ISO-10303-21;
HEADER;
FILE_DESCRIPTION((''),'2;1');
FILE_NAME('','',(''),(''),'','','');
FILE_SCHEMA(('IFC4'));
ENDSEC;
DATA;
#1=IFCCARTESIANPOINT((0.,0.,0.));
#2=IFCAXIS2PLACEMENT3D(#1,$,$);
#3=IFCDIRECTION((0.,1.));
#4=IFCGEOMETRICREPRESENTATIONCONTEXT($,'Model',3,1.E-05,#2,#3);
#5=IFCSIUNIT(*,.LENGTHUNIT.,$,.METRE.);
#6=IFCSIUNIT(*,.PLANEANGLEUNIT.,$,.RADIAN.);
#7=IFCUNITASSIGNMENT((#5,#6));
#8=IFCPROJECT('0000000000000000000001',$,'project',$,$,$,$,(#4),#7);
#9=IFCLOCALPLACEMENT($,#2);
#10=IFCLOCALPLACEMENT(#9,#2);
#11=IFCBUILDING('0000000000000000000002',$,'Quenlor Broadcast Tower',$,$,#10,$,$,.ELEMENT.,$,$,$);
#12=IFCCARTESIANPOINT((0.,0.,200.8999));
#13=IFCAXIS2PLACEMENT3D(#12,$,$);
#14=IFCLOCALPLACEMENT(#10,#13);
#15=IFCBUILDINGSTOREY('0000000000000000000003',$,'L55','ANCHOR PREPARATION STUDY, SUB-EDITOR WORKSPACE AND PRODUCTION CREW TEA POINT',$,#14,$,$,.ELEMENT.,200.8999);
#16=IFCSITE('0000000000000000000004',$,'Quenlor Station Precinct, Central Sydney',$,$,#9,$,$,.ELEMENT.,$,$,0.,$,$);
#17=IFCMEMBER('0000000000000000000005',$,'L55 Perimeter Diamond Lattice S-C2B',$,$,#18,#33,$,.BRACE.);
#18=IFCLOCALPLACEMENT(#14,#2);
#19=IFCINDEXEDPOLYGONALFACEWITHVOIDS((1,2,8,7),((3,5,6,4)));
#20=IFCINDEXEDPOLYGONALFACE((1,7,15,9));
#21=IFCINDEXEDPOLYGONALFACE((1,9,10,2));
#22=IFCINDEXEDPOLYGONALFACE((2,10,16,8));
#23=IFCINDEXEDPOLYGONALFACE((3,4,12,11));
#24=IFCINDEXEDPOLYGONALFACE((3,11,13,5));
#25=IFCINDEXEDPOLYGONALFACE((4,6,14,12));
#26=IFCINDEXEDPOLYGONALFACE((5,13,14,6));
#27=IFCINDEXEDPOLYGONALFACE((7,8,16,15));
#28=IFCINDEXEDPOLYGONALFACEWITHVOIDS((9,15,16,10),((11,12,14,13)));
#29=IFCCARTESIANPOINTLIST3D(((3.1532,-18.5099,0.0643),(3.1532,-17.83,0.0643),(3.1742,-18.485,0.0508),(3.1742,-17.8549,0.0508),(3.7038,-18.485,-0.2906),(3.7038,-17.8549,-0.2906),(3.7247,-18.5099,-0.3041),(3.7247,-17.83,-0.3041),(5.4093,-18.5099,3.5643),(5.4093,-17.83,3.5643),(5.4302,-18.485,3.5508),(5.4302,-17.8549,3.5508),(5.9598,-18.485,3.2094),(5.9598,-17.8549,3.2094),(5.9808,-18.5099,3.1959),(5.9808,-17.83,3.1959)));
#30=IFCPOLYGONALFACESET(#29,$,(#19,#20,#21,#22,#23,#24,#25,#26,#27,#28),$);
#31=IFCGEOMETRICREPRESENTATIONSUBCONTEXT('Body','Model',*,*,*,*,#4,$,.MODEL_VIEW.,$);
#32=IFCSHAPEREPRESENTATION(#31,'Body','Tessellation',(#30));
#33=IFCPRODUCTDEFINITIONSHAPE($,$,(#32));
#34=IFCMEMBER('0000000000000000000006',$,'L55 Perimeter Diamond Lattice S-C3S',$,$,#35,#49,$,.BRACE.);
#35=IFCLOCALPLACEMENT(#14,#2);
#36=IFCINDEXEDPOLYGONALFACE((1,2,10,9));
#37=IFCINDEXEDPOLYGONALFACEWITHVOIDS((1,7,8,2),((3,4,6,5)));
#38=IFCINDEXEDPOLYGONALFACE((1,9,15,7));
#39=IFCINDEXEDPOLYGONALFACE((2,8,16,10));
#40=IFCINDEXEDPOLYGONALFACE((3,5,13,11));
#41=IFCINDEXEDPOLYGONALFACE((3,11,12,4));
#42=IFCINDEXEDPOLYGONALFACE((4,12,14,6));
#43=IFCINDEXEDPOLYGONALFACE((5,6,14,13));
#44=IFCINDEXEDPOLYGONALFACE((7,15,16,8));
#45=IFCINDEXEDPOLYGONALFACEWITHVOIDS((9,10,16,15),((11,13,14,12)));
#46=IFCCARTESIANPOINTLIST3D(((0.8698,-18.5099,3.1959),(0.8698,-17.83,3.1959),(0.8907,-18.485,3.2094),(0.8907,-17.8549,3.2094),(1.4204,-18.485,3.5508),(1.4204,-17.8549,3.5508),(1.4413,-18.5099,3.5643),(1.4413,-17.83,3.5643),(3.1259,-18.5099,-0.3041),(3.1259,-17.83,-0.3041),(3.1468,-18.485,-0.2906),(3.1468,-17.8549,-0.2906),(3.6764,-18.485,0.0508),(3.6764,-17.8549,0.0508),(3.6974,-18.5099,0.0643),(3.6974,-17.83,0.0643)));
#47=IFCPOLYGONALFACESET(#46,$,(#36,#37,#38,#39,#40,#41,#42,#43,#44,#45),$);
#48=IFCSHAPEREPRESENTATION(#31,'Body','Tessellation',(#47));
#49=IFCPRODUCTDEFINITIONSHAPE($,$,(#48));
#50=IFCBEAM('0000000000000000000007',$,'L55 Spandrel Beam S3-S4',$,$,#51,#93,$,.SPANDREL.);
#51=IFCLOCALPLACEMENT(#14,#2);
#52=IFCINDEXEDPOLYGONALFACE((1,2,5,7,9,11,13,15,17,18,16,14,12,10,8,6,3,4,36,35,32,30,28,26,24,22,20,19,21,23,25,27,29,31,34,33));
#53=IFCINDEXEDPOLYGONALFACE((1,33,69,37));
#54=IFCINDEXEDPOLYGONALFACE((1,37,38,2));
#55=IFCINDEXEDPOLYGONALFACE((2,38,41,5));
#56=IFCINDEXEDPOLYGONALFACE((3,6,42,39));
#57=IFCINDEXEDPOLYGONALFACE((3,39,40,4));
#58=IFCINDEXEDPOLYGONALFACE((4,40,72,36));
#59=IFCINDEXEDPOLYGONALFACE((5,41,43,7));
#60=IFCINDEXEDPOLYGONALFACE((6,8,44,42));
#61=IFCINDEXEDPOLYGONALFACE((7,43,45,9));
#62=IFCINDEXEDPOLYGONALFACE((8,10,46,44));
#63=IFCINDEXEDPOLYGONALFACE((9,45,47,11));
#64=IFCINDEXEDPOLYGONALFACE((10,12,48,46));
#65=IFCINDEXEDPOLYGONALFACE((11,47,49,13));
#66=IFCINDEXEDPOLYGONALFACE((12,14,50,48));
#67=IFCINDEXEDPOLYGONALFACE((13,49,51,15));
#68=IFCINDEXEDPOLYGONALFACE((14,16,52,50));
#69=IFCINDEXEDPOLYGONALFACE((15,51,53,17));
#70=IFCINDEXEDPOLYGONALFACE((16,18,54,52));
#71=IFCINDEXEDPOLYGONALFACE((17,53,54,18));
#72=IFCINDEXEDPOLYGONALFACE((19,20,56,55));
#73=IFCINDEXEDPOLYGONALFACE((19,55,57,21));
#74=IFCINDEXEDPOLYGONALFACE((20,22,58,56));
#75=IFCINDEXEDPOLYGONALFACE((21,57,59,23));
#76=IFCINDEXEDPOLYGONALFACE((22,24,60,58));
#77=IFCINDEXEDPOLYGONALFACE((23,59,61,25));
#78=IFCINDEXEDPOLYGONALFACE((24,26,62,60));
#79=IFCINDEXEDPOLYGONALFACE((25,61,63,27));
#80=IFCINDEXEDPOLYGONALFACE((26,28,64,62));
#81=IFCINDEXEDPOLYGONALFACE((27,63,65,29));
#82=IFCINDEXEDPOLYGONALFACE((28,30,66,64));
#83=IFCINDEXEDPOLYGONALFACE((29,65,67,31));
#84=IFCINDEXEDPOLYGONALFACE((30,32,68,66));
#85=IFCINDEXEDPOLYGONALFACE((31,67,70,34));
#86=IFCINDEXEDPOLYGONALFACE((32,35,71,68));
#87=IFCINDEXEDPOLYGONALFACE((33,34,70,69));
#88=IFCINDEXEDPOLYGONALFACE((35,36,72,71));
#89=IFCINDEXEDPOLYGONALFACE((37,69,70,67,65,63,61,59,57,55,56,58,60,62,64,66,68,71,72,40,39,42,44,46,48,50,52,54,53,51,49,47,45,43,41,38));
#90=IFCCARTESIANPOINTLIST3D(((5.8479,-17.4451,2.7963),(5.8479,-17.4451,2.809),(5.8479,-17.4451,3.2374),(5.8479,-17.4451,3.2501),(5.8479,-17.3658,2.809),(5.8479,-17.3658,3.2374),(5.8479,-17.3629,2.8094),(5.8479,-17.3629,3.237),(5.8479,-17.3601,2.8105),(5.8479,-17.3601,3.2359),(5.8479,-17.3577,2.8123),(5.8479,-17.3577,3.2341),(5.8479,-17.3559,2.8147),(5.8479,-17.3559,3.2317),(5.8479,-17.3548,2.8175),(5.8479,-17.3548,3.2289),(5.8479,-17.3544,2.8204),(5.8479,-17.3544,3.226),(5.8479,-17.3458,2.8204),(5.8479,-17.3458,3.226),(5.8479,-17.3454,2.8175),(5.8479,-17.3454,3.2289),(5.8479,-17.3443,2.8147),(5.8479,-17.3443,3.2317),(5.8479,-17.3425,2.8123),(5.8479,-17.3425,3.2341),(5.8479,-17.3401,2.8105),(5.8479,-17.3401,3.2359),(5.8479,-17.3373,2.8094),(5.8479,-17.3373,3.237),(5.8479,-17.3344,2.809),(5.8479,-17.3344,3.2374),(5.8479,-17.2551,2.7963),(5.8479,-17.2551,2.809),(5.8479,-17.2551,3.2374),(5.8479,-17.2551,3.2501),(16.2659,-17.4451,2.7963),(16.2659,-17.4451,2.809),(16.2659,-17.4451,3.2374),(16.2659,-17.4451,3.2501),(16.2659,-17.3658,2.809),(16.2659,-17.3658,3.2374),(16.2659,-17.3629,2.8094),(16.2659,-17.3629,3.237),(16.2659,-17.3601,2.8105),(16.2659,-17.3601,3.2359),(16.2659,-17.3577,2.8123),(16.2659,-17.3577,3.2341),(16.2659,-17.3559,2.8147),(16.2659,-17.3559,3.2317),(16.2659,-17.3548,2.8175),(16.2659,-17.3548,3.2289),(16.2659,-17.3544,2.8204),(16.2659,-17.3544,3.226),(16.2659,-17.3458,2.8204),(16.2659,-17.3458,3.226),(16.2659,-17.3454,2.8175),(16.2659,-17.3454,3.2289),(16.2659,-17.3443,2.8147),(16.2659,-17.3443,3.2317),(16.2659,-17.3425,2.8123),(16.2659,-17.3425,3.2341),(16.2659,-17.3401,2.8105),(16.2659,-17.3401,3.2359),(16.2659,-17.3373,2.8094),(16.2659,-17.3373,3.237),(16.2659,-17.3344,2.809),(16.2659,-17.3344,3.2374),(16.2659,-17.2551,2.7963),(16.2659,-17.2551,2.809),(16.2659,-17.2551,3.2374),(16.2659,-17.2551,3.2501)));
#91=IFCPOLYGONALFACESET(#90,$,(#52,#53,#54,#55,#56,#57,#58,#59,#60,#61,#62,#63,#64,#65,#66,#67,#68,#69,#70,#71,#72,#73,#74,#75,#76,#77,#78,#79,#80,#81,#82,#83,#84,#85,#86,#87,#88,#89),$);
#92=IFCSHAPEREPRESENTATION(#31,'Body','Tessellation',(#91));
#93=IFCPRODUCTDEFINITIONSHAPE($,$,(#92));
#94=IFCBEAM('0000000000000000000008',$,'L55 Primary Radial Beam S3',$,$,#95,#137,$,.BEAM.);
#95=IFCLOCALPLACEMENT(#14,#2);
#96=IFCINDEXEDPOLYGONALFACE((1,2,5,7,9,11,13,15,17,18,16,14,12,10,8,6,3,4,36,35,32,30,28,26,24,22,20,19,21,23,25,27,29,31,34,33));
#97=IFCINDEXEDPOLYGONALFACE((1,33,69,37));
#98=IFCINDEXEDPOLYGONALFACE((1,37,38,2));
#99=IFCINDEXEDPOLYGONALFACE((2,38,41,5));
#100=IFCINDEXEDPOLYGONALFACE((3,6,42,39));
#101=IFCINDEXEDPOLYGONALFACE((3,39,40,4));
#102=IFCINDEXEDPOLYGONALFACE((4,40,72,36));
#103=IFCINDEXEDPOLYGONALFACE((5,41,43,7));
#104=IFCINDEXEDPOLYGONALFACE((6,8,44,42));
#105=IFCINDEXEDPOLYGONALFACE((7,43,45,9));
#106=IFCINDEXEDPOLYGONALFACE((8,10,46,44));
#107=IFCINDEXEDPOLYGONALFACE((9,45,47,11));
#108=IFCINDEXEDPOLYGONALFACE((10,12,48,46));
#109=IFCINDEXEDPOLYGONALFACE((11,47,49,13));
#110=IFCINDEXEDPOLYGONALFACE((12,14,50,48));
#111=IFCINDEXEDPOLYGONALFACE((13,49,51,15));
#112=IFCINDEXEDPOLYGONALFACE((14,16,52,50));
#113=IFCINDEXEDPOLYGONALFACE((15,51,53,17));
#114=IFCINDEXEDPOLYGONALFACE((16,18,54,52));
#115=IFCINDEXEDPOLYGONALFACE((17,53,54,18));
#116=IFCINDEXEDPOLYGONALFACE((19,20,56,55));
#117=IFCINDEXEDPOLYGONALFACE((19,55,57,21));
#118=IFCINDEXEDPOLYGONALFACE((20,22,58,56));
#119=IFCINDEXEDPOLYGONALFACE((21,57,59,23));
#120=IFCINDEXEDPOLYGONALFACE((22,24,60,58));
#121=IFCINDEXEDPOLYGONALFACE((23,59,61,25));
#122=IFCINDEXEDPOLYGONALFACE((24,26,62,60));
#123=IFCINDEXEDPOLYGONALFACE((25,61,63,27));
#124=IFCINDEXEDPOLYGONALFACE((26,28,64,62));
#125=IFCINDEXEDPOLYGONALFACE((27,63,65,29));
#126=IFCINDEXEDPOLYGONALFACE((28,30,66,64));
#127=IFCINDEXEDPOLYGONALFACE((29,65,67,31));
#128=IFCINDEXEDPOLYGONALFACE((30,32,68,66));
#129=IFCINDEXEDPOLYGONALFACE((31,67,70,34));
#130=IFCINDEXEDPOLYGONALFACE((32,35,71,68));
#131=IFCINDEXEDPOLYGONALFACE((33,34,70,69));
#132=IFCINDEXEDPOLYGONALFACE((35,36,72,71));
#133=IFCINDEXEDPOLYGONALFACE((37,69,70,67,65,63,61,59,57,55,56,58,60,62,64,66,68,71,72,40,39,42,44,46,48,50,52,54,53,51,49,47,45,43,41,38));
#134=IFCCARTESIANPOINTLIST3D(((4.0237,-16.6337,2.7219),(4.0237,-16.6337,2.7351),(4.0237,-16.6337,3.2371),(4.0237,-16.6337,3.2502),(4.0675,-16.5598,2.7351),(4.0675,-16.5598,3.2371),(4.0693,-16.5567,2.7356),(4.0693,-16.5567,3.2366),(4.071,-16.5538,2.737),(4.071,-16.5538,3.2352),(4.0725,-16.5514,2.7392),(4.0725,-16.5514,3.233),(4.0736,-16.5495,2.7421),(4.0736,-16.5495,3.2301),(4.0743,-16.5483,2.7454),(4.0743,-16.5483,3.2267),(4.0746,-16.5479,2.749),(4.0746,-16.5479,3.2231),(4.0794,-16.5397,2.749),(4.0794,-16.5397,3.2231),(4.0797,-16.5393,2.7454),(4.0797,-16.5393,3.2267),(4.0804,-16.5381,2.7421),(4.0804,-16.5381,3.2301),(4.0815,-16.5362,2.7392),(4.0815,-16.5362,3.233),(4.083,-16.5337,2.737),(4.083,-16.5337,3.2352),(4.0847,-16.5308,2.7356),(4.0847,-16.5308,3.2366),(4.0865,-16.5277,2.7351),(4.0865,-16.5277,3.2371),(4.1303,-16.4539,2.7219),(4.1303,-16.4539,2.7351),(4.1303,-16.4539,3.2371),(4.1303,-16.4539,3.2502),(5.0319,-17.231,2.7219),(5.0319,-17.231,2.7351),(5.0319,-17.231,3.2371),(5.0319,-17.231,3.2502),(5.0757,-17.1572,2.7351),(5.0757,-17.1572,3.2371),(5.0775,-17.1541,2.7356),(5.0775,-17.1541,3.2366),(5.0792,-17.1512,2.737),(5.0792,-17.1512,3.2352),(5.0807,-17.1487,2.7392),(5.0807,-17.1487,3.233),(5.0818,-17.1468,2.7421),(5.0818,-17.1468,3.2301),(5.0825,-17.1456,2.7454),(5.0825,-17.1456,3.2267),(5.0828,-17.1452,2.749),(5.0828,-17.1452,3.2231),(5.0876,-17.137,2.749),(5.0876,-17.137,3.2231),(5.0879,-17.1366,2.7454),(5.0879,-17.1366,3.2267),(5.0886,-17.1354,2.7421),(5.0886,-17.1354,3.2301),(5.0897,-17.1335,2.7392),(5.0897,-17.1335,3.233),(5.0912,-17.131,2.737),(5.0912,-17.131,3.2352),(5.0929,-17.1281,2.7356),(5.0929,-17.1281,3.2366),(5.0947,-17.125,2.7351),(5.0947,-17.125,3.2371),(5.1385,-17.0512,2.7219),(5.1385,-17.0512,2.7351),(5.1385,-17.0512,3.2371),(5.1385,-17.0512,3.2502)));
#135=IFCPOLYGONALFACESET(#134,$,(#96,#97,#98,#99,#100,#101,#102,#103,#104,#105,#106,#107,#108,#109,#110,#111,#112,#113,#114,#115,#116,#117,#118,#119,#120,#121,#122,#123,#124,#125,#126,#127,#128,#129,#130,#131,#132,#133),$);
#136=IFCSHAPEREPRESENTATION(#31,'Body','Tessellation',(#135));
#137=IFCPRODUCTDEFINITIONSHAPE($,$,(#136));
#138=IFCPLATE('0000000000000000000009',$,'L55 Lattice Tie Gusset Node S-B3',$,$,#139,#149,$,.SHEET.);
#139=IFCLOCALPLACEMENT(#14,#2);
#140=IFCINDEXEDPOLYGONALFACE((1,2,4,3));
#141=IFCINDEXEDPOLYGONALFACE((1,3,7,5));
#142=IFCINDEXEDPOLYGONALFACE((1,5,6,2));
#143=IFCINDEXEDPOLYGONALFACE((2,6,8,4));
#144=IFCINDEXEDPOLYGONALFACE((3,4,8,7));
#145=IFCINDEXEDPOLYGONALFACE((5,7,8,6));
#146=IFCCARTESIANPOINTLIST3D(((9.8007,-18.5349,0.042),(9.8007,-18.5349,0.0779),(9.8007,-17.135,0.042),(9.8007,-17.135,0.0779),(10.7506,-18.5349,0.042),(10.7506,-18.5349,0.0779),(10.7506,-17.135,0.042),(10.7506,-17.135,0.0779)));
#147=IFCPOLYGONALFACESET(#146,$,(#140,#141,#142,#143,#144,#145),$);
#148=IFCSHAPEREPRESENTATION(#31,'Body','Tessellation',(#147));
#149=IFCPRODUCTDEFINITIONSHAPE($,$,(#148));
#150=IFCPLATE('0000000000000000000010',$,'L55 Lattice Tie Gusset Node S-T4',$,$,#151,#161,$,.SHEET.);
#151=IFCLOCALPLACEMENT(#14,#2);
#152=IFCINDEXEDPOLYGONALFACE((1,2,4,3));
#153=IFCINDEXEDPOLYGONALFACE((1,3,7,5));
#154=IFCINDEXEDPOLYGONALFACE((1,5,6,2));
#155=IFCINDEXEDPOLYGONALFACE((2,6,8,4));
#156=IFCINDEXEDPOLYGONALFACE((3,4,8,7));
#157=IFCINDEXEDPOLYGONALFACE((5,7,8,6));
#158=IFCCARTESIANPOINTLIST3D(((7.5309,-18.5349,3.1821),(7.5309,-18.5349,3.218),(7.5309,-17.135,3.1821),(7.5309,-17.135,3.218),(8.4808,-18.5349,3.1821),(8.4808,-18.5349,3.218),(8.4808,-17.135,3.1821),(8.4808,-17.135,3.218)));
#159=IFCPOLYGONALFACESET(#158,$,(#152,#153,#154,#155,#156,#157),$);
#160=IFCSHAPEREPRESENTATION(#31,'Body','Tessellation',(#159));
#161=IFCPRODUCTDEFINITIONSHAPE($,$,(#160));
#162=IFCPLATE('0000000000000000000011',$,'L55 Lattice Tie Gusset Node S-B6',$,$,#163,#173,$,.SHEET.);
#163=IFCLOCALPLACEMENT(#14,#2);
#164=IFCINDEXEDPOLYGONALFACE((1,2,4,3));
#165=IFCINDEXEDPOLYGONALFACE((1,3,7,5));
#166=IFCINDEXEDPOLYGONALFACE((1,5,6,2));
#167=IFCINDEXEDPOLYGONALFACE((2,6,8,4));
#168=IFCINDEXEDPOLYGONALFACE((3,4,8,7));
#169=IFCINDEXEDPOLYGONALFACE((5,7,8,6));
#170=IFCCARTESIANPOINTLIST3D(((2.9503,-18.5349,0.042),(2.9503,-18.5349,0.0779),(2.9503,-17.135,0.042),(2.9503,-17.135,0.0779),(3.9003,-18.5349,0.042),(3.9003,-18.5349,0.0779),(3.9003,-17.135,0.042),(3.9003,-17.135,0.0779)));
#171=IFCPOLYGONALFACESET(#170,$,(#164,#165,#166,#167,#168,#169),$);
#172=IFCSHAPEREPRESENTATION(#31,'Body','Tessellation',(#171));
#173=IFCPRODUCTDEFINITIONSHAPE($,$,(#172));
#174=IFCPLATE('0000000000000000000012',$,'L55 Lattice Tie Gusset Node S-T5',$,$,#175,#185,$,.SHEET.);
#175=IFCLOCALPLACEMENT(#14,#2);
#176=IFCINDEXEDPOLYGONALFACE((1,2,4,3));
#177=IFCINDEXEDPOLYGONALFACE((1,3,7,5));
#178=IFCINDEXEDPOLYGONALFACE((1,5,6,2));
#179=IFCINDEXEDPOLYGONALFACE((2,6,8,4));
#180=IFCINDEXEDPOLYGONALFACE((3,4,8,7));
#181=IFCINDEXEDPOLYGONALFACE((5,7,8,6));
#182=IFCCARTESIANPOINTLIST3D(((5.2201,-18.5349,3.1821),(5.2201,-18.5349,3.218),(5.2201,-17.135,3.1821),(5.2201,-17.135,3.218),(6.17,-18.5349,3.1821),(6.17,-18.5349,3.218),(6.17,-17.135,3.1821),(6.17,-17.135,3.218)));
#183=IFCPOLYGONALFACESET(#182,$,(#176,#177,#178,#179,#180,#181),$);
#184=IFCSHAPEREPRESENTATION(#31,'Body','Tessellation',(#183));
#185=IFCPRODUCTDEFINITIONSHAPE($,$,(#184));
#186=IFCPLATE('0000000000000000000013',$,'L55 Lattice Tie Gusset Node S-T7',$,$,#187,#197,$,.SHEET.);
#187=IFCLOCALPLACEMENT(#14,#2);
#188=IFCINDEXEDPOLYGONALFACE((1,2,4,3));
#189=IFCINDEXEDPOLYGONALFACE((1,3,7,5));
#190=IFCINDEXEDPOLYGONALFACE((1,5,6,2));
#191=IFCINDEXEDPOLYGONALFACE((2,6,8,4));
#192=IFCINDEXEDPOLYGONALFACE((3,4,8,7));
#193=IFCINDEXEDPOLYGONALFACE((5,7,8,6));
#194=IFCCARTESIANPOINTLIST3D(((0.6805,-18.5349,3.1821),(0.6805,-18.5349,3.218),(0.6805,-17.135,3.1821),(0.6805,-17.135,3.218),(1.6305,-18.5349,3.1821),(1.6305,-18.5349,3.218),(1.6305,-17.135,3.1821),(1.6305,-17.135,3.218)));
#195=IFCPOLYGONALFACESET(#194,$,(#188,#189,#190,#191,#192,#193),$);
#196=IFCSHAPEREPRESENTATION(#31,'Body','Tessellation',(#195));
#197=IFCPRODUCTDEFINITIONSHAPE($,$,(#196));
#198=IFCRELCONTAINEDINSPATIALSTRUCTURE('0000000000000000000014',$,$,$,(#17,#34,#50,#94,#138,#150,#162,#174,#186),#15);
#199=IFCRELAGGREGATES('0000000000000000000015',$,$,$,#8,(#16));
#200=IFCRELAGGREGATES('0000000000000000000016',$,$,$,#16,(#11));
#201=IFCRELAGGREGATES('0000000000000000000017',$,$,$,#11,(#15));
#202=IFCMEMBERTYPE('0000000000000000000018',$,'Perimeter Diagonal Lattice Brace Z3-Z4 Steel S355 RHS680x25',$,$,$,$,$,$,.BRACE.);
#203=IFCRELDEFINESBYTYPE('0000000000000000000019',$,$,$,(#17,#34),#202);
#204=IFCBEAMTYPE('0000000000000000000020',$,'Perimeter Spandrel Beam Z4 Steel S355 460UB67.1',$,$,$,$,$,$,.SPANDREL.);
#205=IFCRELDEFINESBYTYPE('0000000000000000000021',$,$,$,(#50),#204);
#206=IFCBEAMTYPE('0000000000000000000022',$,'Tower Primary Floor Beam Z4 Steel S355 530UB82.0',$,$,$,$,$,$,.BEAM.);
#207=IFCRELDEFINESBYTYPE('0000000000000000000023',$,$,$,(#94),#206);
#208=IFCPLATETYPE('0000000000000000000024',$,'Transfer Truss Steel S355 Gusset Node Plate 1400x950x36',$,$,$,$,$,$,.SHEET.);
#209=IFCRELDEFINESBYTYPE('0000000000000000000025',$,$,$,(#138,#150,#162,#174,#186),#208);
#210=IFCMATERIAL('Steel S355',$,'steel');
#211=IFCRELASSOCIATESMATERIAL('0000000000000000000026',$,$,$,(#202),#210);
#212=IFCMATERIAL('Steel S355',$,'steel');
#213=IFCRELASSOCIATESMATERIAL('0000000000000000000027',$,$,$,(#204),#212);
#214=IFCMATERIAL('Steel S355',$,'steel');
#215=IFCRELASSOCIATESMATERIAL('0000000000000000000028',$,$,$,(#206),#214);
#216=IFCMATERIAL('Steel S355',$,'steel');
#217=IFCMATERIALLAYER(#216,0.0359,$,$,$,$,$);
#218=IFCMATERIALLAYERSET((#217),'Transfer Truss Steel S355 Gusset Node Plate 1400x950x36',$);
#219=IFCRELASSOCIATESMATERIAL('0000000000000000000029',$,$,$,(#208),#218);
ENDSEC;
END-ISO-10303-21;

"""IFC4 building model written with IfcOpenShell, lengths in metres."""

from ifc_helpers import new_model, si_unit, direction, frame, origin, origin_2d, place, context, subcontext, project, spatial, rectangle, hollow_rectangle, i_section, extrude, material, layer, layer_set, material_profile, profile_set, type_object, element, save


model = new_model("IFC4")

# Units and contexts
model_context = context("Model", 3, precision=1e-05, world=origin(), true_north=direction((0.0, 1.0)))
body_context = subcontext(model_context, "Body", "Model", "MODEL_VIEW")
ifc_project = project(units=[si_unit("LENGTHUNIT", "METRE"), si_unit("PLANEANGLEUNIT", "RADIAN")], contexts=[model_context])

# Site, building, storey
site_placement = place(None, origin())
site = spatial("IfcSite", under=ifc_project, at=site_placement, Name="Quenlor Station Precinct, Central Sydney", CompositionType="ELEMENT", RefElevation=0.0)
building_placement = place(site_placement, origin())
building = spatial("IfcBuilding", under=site, at=building_placement, Name="Quenlor Broadcast Tower", CompositionType="ELEMENT")
storey_placement = place(building_placement, frame((0.0, 0.0, 200.8999)))
storey = spatial("IfcBuildingStorey", under=building, at=storey_placement, Name="L55", Description="ANCHOR PREPARATION STUDY, SUB-EDITOR WORKSPACE AND PRODUCTION CREW TEA POINT", CompositionType="ELEMENT", Elevation=200.8999)

# Members
ifc_material_1 = material(Name="Steel S355", Category="steel")
ifc_material_profile_1 = material_profile(ifc_material_1, hollow_rectangle(XDim=0.6799, YDim=0.6799, WallThickness=0.0249, at=origin_2d()))
ifc_profile_set_1 = profile_set([ifc_material_profile_1], Name="Steel S355 RHS680x680x25")
member_type_1 = type_object("IfcMemberType", Name="Perimeter Diagonal Lattice Brace Z3-Z4 Steel S355 RHS680x25", PredefinedType="BRACE", material=ifc_profile_set_1)
for number, where, z_axis, x_axis, name in (
    (1, (3.439, -18.1699, -0.1199), (0.541794, 0.0, 0.840511), (0.0, 1.0, 0.0), "L55 Perimeter Diamond Lattice S-C2B"),
    (2, (3.4116, -18.1699, -0.1199), (-0.541794, 0.0, 0.840511), (0.0, -1.0, 0.0), "L55 Perimeter Diamond Lattice S-C3S"),
):
    element("IfcMember", number, at=place(storey_placement, frame(where, z_axis=z_axis, x_axis=x_axis)), inside=storey, type_object=member_type_1, Name=name, PredefinedType="BRACE", context=body_context, shape_type="SweptSolid", body=[
        extrude(hollow_rectangle(XDim=0.6799, YDim=0.6799, WallThickness=0.0249, at=origin_2d()), origin(), (0.0, 0.0, 1.0), 4.1641),
    ])

# Beams
ifc_material_2 = material(Name="Steel S355", Category="steel")
ifc_material_profile_2 = material_profile(ifc_material_2, i_section(OverallWidth=0.1899, OverallDepth=0.4539, WebThickness=0.0085, FlangeThickness=0.0127, FilletRadius=0.0115, at=origin_2d()))
ifc_profile_set_2 = profile_set([ifc_material_profile_2], Name="Steel S355 460UB67.1")
beam_type_1 = type_object("IfcBeamType", Name="Perimeter Spandrel Beam Z4 Steel S355 460UB67.1", PredefinedType="SPANDREL", material=ifc_profile_set_2)
beam_1_placement = place(storey_placement, frame((5.8479, -17.3501, 3.0232), z_axis=(1.0, 0.0, 0.0), x_axis=(0.0, 1.0, 0.0)))
element("IfcBeam", 3, at=beam_1_placement, inside=storey, type_object=beam_type_1, Name="L55 Spandrel Beam S3-S4", PredefinedType="SPANDREL", context=body_context, shape_type="SweptSolid", body=[
    extrude(i_section(OverallWidth=0.1899, OverallDepth=0.4539, WebThickness=0.0085, FlangeThickness=0.0127, FilletRadius=0.0115, at=origin_2d()), origin(), (0.0, 0.0, 1.0), 10.418),
])
ifc_material_3 = material(Name="Steel S355", Category="steel")
ifc_material_profile_3 = material_profile(ifc_material_3, i_section(OverallWidth=0.209, OverallDepth=0.5283, WebThickness=0.0095, FlangeThickness=0.0132, FilletRadius=0.0139, at=origin_2d()))
ifc_profile_set_3 = profile_set([ifc_material_profile_3], Name="Steel S355 530UB82.0")
beam_type_2 = type_object("IfcBeamType", Name="Tower Primary Floor Beam Z4 Steel S355 530UB82.0", PredefinedType="BEAM", material=ifc_profile_set_3)
beam_2_placement = place(storey_placement, frame((5.0852, -17.1411, 2.9861), z_axis=(-0.860329, 0.50974, 0.0), x_axis=(-0.50974, -0.860329, 0.0)))
element("IfcBeam", 4, at=beam_2_placement, inside=storey, type_object=beam_type_2, Name="L55 Primary Radial Beam S3", PredefinedType="BEAM", context=body_context, shape_type="SweptSolid", body=[
    extrude(i_section(OverallWidth=0.209, OverallDepth=0.5283, WebThickness=0.0095, FlangeThickness=0.0132, FilletRadius=0.0139, at=origin_2d()), origin(), (0.0, 0.0, 1.0), 1.1719),
])

# Plates
ifc_material_4 = material(Name="Steel S355", Category="steel")
ifc_layer_1 = layer(ifc_material_4, 0.0359)
ifc_layer_set_1 = layer_set([ifc_layer_1], Name="Transfer Truss Steel S355 Gusset Node Plate 1400x950x36")
plate_type = type_object("IfcPlateType", Name="Transfer Truss Steel S355 Gusset Node Plate 1400x950x36", PredefinedType="SHEET", material=ifc_layer_set_1)
for number, where, z_axis, x_axis, name in (
    (5, (10.2756, -17.835, 0.042), (0.0, 0.0, 1.0), (0.0, -1.0, 0.0), "L55 Lattice Tie Gusset Node S-B3"),
    (6, (8.0059, -17.835, 3.1821), (0.0, 0.0, 1.0), (0.0, -1.0, 0.0), "L55 Lattice Tie Gusset Node S-T4"),
    (7, (3.4253, -17.835, 0.042), (0.0, 0.0, 1.0), (0.0, -1.0, 0.0), "L55 Lattice Tie Gusset Node S-B6"),
    (8, (5.6951, -17.835, 3.1821), (0.0, 0.0, 1.0), (0.0, -1.0, 0.0), "L55 Lattice Tie Gusset Node S-T5"),
    (9, (1.1555, -17.835, 3.1821), (0.0, 0.0, 1.0), (0.0, -1.0, 0.0), "L55 Lattice Tie Gusset Node S-T7"),
):
    element("IfcPlate", number, at=place(storey_placement, frame(where, z_axis=z_axis, x_axis=x_axis)), inside=storey, type_object=plate_type, Name=name, PredefinedType="SHEET", context=body_context, shape_type="SweptSolid", body=[
        extrude(rectangle(XDim=1.3999, YDim=0.95, at=origin_2d()), origin(), (0.0, 0.0, 1.0), 0.0359),
    ])

save(model, "model.ifc")
